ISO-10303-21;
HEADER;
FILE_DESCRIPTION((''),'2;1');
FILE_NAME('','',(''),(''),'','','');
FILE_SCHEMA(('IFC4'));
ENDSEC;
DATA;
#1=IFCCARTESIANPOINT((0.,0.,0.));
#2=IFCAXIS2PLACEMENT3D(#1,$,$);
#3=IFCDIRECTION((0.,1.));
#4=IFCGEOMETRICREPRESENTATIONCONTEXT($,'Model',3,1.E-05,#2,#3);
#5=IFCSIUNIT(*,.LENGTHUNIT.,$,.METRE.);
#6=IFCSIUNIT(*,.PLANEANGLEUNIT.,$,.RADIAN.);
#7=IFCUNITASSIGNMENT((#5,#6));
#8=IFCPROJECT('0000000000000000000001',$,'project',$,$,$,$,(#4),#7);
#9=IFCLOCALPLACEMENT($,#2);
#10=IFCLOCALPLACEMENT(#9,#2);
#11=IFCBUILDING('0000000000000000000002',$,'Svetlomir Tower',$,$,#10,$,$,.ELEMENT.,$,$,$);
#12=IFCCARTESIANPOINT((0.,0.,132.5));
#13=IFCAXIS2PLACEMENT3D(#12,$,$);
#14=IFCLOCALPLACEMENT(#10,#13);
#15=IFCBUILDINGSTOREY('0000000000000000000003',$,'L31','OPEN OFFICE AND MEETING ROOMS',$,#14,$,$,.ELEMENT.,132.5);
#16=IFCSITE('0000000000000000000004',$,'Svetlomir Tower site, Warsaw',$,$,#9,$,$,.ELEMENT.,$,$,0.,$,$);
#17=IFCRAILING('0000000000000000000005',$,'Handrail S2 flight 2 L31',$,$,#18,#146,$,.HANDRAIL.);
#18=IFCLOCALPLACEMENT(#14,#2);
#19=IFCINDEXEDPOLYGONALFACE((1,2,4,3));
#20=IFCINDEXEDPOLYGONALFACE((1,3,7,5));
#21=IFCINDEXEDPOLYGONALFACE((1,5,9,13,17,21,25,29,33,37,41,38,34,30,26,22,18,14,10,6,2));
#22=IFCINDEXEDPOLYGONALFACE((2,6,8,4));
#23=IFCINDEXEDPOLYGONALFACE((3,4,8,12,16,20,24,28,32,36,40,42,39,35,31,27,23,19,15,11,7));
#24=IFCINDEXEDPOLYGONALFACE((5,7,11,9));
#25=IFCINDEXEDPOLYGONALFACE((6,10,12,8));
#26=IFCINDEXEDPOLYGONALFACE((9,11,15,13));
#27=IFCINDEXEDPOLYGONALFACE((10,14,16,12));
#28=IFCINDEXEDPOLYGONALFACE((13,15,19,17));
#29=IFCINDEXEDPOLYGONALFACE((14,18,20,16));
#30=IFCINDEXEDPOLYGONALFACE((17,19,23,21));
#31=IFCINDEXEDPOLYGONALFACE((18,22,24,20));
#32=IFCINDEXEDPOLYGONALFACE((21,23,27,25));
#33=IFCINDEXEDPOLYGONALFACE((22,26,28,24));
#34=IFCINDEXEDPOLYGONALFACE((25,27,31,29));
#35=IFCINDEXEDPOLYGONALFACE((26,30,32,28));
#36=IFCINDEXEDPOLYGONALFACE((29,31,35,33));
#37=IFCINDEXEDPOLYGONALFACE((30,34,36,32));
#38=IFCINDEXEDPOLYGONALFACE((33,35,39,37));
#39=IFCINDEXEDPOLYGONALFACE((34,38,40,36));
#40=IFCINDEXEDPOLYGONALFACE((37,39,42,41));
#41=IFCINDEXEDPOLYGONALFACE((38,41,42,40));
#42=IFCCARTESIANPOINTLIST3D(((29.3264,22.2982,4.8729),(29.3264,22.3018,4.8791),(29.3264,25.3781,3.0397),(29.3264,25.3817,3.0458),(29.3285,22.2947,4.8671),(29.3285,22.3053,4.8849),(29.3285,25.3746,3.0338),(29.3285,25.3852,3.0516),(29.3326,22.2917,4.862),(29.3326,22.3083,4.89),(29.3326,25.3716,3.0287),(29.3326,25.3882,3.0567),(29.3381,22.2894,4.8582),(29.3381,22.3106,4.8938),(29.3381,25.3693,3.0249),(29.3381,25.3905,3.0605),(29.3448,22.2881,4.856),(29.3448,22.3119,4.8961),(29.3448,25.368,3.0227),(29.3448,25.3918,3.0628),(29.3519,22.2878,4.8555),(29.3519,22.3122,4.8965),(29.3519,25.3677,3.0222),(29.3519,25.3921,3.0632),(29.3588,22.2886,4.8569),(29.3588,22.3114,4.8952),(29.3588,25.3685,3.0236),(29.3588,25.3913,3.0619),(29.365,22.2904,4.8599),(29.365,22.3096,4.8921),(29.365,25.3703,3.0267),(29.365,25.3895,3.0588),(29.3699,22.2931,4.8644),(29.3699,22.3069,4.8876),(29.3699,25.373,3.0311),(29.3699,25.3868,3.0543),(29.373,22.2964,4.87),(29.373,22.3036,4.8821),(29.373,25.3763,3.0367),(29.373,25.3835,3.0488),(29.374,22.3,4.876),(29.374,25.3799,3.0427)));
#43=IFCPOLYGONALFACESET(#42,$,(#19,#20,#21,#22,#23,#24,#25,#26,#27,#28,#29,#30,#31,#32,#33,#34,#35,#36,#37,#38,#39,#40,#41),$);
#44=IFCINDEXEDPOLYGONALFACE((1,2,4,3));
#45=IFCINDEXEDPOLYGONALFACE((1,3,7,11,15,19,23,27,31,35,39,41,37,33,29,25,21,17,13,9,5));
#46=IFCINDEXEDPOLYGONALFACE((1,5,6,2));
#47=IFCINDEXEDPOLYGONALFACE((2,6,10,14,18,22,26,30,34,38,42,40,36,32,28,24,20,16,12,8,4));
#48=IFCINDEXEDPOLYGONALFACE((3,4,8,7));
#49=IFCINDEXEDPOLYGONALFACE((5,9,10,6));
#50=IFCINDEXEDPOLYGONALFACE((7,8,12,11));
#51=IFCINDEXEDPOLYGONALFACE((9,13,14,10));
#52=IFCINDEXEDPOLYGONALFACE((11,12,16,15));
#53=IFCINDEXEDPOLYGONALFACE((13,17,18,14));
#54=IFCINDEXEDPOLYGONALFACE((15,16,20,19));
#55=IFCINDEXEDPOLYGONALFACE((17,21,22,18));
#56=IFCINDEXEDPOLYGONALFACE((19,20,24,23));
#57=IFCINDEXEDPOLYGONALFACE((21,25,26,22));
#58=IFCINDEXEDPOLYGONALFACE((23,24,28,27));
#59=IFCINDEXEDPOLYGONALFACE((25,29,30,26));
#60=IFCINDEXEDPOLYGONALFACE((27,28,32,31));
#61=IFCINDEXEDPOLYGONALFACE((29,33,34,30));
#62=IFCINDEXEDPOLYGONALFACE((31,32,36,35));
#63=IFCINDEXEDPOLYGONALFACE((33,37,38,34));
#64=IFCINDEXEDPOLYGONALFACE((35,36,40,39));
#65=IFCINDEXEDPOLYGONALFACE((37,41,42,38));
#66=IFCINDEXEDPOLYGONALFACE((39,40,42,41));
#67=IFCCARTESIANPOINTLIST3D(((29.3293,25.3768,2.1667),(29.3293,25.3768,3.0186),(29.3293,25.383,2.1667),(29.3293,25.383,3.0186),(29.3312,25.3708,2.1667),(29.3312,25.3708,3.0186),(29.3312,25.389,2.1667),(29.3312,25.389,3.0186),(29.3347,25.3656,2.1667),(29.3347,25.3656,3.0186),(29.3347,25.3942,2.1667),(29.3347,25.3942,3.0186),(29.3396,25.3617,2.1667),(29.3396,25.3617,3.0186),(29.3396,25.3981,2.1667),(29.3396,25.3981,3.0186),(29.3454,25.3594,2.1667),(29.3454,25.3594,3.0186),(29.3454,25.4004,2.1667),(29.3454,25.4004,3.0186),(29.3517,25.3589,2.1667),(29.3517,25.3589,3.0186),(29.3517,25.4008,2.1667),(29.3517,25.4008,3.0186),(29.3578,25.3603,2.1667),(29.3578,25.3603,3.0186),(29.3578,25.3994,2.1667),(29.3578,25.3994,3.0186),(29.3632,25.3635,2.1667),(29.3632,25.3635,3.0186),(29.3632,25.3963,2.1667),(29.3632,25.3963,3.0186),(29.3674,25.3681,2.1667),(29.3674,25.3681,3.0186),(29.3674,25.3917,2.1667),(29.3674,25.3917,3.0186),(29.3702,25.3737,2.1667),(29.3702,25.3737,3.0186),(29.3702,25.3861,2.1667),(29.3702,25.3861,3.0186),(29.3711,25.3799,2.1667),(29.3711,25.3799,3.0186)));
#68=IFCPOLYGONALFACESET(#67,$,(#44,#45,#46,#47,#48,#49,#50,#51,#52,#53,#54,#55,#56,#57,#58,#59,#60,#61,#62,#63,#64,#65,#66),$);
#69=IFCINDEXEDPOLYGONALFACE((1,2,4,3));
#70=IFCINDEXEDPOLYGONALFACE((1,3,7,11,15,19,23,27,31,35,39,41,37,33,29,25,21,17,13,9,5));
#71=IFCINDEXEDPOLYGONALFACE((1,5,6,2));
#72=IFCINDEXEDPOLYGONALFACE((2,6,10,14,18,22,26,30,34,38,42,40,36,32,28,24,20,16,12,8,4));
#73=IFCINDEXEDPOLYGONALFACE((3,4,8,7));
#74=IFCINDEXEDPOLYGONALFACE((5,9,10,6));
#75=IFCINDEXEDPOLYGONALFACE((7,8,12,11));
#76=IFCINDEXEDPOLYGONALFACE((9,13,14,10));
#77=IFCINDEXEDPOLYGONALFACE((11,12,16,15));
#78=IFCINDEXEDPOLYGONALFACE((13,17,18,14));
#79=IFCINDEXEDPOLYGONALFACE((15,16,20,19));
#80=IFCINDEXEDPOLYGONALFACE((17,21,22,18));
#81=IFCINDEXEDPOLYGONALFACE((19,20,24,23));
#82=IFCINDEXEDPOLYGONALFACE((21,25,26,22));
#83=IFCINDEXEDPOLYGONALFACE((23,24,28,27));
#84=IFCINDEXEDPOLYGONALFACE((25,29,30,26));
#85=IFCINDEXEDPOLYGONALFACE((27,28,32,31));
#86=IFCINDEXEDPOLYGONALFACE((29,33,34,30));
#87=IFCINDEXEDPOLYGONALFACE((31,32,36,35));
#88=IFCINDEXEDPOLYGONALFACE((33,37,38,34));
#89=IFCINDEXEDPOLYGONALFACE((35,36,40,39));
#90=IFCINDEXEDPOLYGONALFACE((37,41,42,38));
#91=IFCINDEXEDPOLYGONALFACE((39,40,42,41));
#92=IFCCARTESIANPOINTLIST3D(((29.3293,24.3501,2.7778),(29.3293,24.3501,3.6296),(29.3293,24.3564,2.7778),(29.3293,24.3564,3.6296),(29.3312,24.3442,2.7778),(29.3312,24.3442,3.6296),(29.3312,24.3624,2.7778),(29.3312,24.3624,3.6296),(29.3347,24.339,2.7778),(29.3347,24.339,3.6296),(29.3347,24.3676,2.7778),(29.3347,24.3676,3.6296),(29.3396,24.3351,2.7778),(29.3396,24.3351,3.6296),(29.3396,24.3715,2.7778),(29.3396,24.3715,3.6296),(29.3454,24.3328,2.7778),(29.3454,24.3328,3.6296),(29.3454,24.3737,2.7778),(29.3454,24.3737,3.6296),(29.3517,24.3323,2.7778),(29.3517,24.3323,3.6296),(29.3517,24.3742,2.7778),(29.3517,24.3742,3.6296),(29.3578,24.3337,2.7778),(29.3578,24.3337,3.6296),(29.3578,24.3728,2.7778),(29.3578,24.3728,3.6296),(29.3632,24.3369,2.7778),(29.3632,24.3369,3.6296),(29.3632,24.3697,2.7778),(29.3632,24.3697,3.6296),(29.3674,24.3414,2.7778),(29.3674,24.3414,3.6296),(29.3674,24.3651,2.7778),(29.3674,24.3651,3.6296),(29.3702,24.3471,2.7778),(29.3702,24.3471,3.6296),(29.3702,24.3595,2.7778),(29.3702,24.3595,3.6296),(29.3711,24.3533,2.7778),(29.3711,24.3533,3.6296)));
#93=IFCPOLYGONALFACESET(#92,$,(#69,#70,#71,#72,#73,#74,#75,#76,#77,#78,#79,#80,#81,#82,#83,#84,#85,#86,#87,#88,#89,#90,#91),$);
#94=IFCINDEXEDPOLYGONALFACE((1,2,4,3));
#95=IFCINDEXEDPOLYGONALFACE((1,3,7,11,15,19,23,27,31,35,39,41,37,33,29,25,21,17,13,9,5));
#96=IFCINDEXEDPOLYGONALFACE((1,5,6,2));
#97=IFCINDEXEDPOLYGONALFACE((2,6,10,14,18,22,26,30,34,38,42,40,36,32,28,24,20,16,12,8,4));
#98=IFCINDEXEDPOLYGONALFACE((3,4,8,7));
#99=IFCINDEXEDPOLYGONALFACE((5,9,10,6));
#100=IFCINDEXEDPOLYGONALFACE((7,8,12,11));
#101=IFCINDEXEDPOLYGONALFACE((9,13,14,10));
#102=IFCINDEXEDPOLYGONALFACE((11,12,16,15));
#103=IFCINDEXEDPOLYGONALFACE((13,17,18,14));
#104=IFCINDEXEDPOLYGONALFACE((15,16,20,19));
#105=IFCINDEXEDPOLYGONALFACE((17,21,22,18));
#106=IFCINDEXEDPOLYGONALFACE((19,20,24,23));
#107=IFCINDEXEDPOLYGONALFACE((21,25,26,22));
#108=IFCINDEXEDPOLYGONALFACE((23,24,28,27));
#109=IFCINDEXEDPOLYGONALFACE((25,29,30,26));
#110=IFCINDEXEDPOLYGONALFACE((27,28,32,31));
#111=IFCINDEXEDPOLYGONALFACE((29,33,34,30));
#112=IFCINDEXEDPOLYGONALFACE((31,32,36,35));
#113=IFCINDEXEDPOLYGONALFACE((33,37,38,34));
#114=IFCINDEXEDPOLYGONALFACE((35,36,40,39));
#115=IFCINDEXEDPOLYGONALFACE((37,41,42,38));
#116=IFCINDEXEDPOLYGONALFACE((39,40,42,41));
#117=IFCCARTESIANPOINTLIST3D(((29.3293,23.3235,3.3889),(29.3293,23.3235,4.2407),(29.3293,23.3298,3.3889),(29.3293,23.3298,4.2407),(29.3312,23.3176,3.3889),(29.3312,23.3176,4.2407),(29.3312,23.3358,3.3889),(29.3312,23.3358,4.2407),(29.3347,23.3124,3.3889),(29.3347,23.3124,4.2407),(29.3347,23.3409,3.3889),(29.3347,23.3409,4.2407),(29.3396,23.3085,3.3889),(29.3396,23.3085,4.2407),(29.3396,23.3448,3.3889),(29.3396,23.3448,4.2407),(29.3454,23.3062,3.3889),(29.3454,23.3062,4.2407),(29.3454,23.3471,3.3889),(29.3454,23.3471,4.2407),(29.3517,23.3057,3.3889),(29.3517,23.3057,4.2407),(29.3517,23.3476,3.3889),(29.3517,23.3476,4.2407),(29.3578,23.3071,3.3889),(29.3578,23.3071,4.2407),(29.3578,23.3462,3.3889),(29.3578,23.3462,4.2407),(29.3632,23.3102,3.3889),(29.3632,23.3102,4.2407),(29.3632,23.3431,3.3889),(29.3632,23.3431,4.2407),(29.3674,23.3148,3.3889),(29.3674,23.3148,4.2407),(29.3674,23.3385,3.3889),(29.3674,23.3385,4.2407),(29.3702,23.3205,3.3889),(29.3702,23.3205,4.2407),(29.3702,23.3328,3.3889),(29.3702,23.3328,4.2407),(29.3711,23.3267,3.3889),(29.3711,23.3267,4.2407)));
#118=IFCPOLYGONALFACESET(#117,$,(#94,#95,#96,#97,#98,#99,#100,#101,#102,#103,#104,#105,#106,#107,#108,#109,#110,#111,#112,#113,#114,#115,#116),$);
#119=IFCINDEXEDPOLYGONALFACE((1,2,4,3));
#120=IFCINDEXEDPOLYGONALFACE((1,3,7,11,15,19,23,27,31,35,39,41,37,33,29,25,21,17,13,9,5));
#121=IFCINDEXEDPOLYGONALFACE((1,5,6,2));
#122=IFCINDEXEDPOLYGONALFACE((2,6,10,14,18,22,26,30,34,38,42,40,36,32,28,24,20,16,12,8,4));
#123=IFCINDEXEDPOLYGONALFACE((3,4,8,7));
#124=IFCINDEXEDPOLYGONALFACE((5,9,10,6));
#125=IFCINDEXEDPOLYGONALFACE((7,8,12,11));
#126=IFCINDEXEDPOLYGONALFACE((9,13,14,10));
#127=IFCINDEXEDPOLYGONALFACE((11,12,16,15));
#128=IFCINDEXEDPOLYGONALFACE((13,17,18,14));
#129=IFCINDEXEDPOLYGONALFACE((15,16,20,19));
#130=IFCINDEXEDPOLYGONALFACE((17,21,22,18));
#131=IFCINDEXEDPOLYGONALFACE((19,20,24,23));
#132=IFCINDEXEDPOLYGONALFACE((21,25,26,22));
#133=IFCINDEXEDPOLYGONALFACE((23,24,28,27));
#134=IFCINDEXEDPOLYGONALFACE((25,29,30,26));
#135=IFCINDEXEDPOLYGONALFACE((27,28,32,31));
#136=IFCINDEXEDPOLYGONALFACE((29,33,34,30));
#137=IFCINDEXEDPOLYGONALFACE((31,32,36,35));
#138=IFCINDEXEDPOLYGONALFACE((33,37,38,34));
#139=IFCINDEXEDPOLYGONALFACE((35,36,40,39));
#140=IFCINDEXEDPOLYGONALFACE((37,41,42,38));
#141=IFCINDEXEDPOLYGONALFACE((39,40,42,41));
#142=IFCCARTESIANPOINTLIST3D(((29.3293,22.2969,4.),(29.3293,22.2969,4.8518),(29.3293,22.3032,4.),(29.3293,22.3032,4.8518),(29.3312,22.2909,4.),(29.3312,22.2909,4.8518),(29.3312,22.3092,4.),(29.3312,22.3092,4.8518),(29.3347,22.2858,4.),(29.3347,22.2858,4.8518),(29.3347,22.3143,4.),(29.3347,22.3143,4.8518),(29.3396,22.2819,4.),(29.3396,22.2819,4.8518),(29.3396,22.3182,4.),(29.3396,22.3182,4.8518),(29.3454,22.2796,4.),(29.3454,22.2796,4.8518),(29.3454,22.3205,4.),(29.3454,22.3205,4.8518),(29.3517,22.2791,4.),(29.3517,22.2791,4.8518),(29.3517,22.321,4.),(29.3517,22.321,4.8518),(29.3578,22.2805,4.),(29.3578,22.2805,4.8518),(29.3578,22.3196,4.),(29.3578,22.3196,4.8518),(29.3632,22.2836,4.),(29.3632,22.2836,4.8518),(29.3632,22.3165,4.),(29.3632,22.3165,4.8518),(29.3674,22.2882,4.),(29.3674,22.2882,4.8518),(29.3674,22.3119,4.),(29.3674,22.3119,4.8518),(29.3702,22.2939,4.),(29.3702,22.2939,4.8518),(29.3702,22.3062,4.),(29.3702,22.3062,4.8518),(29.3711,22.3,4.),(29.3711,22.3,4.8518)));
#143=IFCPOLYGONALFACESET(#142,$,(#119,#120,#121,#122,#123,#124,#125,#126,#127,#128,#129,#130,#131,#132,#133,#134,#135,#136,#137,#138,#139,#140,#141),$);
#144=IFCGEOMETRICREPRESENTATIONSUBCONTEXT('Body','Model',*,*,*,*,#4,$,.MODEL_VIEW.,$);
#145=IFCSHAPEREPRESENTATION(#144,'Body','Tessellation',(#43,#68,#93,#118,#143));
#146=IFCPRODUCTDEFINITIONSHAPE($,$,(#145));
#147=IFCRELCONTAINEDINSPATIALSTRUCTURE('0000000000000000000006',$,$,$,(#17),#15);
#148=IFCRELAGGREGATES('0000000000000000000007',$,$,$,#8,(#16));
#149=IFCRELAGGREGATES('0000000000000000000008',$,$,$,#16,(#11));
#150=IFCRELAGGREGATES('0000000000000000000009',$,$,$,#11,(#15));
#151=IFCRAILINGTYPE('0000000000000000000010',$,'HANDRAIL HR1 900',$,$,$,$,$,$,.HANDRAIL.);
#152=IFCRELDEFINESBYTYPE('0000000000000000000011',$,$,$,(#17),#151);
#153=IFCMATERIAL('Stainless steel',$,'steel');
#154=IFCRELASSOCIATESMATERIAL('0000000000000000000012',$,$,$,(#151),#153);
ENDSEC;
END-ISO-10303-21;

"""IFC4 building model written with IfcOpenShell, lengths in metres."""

from ifc_helpers import new_model, si_unit, direction, frame, origin, origin_2d, place, context, subcontext, project, spatial, circle, extrude, material, type_object, element, save


model = new_model("IFC4")

# Units and contexts
model_context = context("Model", 3, precision=1e-05, world=origin(), true_north=direction((0.0, 1.0)))
body_context = subcontext(model_context, "Body", "Model", "MODEL_VIEW")
ifc_project = project(units=[si_unit("LENGTHUNIT", "METRE"), si_unit("PLANEANGLEUNIT", "RADIAN")], contexts=[model_context])

# Site, building, storey
site_placement = place(None, origin())
site = spatial("IfcSite", under=ifc_project, at=site_placement, Name="Svetlomir Tower site, Warsaw", CompositionType="ELEMENT", RefElevation=0.0)
building_placement = place(site_placement, origin())
building = spatial("IfcBuilding", under=site, at=building_placement, Name="Svetlomir Tower", CompositionType="ELEMENT")
storey_placement = place(building_placement, frame((0.0, 0.0, 132.5)))
storey = spatial("IfcBuildingStorey", under=building, at=storey_placement, Name="L31", Description="OPEN OFFICE AND MEETING ROOMS", CompositionType="ELEMENT", Elevation=132.5)

# Railing
ifc_material_1 = material(Name="Stainless steel", Category="steel")
railing_type = type_object("IfcRailingType", Name="HANDRAIL HR1 900", PredefinedType="HANDRAIL", material=ifc_material_1)
railing_1_placement = place(storey_placement, frame((29.3501, 25.3799, 2.1667)))
element("IfcRailing", 1, at=railing_1_placement, inside=storey, type_object=railing_type, Name="Handrail S2 flight 2 L31", PredefinedType="HANDRAIL", context=body_context, shape_type="SweptSolid", body=[
    extrude(circle(Radius=0.0239, at=origin_2d()), frame((0.0, 0.0, 0.876), z_axis=(0.0, -0.859291, 0.511487), x_axis=(1.0, 0.0, 0.0)), (0.0, 0.0, 1.0), 3.5842),
    extrude(circle(Radius=0.021, at=origin_2d()), origin(), (0.0, 0.0, 1.0), 0.8518),
    extrude(circle(Radius=0.021, at=origin_2d()), frame((0.0, -1.0266, 0.6111)), (0.0, 0.0, 1.0), 0.8518),
    extrude(circle(Radius=0.021, at=origin_2d()), frame((0.0, -2.0532, 1.2222)), (0.0, 0.0, 1.0), 0.8518),
    extrude(circle(Radius=0.021, at=origin_2d()), frame((0.0, -3.0798, 1.8333)), (0.0, 0.0, 1.0), 0.8518),
])

save(model, "model.ifc")
